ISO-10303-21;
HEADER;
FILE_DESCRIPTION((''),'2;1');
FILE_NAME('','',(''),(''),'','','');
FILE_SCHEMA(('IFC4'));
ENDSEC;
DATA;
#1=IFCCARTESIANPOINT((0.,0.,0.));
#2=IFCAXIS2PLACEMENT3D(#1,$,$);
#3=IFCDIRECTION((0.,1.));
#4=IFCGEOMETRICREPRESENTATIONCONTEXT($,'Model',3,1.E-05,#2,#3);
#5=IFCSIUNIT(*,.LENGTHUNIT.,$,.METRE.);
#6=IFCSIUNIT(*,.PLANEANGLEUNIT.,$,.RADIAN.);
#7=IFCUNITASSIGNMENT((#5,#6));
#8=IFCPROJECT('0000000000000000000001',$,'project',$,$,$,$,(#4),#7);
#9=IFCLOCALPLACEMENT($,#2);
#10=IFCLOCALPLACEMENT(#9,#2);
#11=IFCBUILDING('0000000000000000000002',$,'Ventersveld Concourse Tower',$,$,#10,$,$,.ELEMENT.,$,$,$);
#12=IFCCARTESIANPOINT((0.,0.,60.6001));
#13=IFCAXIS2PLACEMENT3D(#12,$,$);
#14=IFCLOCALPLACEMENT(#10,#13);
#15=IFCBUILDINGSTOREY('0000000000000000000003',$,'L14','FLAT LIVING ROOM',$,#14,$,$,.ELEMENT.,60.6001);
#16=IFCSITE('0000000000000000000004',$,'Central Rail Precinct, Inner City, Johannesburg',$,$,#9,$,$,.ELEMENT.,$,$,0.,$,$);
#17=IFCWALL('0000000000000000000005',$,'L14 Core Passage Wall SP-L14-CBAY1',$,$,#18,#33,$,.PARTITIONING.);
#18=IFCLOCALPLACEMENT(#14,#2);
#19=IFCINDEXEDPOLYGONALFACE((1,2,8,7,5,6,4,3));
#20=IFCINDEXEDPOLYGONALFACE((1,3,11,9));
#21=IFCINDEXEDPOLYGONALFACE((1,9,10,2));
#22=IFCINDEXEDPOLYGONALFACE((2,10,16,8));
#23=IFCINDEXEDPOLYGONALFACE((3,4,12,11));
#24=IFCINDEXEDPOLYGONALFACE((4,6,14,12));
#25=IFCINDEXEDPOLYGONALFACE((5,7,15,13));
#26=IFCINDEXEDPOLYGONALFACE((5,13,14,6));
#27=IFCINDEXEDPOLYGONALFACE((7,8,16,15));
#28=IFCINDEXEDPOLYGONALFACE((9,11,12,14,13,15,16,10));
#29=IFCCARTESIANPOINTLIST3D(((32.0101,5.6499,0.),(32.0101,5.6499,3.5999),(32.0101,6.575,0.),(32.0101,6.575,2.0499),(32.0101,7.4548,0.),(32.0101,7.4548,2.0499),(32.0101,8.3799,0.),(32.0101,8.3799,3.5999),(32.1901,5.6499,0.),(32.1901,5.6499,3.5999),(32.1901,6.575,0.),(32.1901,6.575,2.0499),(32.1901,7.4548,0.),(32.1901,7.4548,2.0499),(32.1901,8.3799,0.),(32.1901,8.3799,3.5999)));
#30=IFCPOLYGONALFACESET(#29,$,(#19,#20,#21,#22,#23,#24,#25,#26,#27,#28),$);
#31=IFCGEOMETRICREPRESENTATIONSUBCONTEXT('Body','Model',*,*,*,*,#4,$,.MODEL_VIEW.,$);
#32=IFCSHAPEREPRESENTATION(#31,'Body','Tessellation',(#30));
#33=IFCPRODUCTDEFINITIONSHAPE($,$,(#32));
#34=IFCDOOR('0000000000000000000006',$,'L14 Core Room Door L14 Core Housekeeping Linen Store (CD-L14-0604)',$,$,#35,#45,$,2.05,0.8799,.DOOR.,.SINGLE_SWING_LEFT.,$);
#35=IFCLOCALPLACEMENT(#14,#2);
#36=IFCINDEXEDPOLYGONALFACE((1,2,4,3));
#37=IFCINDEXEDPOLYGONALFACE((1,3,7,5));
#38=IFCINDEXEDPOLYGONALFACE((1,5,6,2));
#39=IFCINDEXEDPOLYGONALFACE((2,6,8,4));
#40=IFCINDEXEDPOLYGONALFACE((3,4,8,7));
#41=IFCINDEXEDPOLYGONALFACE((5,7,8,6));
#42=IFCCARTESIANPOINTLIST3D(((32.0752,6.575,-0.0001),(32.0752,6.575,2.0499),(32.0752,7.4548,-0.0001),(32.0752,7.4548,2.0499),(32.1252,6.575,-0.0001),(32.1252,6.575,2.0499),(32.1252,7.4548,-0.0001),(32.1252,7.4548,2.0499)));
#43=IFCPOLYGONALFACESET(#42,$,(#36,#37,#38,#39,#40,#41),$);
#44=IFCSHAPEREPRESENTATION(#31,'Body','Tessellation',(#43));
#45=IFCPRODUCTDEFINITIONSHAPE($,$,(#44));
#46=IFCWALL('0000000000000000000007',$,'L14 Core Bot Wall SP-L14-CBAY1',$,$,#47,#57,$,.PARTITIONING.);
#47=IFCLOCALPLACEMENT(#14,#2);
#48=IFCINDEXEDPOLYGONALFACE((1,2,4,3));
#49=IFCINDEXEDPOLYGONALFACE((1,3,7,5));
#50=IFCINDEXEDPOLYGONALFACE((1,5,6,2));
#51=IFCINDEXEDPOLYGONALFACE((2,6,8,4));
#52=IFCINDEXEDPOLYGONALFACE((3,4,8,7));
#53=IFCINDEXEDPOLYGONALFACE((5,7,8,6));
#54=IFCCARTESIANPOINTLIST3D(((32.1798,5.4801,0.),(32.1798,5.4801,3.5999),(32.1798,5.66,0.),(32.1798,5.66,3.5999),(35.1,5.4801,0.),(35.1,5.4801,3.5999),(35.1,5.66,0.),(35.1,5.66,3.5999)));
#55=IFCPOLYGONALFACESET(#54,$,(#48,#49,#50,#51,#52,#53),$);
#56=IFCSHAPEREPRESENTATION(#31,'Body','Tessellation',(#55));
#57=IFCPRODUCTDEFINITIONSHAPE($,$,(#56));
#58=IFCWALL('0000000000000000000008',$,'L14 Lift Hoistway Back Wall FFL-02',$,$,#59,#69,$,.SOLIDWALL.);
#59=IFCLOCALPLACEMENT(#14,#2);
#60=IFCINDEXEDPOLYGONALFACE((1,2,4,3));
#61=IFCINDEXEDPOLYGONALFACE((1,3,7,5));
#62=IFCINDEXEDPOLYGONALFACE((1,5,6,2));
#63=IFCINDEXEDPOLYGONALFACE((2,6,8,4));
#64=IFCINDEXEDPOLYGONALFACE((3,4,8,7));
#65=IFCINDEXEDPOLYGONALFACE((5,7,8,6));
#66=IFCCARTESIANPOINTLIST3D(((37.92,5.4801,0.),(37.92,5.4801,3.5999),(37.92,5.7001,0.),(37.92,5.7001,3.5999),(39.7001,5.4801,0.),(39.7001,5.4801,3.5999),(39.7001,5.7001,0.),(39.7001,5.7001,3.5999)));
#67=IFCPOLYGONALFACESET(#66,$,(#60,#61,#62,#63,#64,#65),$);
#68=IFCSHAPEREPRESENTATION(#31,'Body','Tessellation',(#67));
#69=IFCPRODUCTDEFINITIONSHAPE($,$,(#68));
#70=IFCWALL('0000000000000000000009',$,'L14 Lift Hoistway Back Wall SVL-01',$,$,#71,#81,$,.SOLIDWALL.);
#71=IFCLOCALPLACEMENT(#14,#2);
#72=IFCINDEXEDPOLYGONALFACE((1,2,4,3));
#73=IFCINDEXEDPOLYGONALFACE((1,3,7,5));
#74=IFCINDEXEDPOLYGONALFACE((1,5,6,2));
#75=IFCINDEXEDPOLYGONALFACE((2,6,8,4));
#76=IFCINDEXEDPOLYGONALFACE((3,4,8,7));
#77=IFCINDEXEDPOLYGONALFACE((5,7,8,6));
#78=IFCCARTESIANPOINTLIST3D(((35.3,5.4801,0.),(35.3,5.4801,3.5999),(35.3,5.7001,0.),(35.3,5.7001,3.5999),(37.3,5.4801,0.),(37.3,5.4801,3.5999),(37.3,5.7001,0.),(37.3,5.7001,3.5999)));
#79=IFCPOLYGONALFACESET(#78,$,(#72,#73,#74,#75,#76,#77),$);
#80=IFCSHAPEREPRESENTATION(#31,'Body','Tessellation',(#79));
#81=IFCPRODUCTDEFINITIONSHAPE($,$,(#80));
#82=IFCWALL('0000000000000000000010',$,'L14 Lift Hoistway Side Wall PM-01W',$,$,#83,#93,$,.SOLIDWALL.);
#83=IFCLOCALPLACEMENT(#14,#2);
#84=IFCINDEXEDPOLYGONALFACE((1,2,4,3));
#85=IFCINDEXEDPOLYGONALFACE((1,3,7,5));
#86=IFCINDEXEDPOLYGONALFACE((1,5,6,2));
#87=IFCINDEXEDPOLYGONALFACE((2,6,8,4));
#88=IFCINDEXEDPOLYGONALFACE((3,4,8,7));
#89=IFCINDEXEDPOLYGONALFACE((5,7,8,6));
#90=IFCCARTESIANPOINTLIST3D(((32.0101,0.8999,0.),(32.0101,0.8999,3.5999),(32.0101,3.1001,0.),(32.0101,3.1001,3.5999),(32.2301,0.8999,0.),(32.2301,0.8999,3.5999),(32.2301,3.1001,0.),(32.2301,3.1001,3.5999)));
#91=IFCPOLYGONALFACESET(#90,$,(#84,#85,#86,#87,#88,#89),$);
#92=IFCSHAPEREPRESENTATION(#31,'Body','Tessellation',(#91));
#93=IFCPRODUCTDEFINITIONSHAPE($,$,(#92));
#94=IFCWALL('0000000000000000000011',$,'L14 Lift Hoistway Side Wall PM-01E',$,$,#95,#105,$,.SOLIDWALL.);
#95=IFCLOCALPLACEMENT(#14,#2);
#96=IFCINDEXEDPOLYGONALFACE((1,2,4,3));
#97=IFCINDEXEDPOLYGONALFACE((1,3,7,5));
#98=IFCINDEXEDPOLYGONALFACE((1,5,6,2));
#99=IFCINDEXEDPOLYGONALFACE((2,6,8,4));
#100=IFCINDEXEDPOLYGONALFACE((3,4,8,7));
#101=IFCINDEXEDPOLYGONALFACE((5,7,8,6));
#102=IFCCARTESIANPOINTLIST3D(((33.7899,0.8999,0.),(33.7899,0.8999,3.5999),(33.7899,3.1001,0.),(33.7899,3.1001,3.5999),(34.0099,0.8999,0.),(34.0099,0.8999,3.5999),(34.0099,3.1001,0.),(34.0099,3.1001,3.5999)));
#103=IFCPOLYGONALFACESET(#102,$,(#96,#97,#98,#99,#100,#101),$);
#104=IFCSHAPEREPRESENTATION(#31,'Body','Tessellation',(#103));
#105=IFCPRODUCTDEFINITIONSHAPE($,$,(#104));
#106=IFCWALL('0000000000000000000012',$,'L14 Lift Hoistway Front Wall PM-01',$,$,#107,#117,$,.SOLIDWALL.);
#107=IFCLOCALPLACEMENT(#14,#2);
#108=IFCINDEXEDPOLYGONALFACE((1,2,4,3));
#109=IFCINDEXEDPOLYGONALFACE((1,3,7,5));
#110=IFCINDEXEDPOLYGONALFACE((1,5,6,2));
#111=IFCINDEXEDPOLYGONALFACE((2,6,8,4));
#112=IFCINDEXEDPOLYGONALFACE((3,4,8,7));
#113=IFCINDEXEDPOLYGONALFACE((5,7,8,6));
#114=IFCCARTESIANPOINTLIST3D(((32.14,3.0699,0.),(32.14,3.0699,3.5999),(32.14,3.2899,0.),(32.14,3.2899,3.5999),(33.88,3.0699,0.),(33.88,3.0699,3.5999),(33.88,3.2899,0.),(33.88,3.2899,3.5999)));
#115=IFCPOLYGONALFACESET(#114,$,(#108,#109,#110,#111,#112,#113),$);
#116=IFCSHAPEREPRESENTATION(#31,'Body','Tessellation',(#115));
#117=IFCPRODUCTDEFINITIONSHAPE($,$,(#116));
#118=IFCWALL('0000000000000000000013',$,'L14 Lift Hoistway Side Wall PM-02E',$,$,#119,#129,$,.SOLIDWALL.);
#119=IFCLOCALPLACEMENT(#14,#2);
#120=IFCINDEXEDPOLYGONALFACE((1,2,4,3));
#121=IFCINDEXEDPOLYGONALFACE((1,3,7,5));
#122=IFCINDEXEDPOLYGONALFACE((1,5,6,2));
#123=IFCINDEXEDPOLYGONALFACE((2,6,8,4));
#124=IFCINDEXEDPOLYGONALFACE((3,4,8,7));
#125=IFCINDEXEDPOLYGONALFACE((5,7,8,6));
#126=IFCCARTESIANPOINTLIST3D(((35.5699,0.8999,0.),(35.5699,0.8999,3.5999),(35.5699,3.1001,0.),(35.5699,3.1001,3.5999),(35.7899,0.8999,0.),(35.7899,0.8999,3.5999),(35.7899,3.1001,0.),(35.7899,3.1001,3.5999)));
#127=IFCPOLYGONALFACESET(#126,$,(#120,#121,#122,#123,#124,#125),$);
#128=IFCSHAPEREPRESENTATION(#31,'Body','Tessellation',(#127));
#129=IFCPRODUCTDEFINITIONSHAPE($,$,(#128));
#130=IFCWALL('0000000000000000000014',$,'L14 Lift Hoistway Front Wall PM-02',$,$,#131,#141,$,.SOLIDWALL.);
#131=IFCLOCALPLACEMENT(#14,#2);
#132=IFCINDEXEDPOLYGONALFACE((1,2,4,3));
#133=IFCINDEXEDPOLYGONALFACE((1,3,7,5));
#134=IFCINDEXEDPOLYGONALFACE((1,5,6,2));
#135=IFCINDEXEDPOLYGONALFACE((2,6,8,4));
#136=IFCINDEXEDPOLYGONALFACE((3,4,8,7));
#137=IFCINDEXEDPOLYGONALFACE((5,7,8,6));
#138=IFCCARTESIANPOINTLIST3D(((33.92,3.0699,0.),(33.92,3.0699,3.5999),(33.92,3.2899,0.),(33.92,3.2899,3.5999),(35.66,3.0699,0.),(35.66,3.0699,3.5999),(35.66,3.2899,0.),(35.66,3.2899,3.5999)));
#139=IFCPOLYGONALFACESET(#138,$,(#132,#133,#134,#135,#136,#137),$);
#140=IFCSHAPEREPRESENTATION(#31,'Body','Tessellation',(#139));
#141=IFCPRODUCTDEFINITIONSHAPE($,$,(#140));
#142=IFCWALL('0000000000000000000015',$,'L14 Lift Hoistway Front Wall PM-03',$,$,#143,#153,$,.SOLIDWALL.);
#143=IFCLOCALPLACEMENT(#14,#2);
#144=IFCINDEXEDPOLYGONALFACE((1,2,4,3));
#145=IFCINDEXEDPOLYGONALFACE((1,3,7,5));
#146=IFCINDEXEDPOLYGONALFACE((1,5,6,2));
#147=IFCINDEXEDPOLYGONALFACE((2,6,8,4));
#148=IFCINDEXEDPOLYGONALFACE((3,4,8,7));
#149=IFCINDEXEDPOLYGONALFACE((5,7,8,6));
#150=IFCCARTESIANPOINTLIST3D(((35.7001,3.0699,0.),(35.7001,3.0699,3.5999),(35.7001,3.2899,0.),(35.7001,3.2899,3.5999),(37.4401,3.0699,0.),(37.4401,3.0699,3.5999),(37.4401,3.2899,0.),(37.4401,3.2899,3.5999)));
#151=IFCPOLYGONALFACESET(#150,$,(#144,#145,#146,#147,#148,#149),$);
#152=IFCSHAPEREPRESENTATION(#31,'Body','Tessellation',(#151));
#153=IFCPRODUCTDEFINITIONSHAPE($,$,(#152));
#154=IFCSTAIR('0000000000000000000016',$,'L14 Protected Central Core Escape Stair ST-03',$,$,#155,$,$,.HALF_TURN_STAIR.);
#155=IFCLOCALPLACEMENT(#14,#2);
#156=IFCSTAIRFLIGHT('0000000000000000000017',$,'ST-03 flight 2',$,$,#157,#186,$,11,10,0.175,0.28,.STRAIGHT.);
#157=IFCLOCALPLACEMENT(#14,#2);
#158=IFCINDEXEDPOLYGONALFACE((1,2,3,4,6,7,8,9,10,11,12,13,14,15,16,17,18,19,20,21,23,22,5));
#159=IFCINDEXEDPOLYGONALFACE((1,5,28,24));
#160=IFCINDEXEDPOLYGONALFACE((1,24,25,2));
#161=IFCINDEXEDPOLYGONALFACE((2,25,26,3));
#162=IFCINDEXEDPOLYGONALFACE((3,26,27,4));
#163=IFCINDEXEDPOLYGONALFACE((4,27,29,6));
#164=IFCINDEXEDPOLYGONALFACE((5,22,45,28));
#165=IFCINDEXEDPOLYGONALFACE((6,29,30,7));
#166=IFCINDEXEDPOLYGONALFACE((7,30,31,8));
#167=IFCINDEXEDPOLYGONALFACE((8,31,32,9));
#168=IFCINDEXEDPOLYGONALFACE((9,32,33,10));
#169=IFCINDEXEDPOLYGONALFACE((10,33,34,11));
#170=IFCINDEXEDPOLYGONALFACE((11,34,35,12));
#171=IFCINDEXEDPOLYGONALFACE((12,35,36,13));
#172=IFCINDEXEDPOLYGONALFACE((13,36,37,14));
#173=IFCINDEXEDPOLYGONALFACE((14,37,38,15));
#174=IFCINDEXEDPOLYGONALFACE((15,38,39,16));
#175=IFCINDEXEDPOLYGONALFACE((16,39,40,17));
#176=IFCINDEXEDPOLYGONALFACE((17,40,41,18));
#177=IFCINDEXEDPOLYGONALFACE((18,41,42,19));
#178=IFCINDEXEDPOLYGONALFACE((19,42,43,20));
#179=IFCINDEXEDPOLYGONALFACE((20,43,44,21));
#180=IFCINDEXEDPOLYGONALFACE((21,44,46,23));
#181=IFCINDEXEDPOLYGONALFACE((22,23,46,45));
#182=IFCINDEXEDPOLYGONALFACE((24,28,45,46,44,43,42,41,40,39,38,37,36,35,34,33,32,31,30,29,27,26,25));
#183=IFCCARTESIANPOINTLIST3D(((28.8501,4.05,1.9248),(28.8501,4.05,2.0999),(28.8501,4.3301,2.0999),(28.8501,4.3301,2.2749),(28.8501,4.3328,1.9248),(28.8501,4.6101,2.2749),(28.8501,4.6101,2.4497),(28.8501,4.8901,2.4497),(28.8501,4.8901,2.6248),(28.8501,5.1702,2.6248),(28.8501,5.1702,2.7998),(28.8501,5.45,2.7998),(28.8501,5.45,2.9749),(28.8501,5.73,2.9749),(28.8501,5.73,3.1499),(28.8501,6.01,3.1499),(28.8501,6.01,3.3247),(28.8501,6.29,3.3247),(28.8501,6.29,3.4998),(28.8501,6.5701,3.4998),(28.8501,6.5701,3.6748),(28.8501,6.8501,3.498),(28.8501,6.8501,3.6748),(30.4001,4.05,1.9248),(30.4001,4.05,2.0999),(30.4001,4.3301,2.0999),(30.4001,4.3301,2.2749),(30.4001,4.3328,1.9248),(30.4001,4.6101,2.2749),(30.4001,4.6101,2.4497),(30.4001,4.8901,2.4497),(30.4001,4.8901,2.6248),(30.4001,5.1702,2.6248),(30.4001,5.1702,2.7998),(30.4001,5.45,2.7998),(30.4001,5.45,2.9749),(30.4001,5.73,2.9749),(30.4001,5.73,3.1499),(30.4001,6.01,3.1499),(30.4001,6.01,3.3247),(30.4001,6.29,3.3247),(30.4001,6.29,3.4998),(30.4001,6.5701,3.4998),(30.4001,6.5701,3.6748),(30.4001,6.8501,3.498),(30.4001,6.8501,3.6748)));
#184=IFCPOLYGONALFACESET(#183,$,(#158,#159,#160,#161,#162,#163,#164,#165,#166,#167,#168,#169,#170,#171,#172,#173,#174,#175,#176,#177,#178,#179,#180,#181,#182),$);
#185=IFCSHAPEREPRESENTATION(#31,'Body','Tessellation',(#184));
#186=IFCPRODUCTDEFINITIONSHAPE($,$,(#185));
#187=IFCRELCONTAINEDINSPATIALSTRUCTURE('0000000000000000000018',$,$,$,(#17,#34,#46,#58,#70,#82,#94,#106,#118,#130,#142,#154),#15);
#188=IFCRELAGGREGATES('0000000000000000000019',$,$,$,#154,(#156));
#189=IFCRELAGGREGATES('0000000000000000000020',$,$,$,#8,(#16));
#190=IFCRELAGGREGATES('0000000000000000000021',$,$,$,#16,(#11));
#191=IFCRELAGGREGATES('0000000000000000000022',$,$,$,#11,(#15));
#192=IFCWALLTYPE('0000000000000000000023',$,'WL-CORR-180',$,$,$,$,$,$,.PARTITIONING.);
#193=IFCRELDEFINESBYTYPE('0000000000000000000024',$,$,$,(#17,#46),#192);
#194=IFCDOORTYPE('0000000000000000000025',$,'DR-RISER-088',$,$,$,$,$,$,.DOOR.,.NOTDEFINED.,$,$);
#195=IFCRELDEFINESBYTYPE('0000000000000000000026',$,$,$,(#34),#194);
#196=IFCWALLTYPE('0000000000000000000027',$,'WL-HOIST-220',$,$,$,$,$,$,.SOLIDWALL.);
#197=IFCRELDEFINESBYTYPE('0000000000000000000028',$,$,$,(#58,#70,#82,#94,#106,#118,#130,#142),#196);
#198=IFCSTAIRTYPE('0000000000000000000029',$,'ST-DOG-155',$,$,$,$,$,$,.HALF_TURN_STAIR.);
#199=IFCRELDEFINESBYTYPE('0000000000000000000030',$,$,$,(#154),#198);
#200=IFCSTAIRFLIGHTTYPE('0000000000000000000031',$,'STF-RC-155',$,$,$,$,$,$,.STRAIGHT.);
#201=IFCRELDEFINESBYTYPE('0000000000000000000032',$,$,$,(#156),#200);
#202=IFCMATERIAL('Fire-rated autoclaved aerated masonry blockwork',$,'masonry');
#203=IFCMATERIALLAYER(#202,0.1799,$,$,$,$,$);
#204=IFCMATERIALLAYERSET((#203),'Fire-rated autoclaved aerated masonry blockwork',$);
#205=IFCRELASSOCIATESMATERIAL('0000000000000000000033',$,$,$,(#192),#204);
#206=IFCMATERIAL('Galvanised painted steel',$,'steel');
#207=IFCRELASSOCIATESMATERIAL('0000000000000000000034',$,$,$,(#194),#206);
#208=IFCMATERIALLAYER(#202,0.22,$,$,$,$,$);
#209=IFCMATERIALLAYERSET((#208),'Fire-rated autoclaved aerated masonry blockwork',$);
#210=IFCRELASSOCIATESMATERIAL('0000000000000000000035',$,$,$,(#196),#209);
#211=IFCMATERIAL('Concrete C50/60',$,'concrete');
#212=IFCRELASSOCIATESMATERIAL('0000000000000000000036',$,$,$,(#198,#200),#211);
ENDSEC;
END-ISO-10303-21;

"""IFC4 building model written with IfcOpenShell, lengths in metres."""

from ifc_helpers import new_model, si_unit, direction, frame, frame_2d, origin, place, context, subcontext, project, spatial, polyline, rectangle, outline, extrude, material, layer, layer_set, type_object, element, fill, aggregate, save


model = new_model("IFC4")

# Units and contexts
model_context = context("Model", 3, precision=1e-05, world=origin(), true_north=direction((0.0, 1.0)))
body_context = subcontext(model_context, "Body", "Model", "MODEL_VIEW")
ifc_project = project(units=[si_unit("LENGTHUNIT", "METRE"), si_unit("PLANEANGLEUNIT", "RADIAN")], contexts=[model_context])

# Site, building, storey
site_placement = place(None, origin())
site = spatial("IfcSite", under=ifc_project, at=site_placement, Name="Central Rail Precinct, Inner City, Johannesburg", CompositionType="ELEMENT", RefElevation=0.0)
building_placement = place(site_placement, origin())
building = spatial("IfcBuilding", under=site, at=building_placement, Name="Ventersveld Concourse Tower", CompositionType="ELEMENT")
storey_placement = place(building_placement, frame((0.0, 0.0, 60.6001)))
storey = spatial("IfcBuildingStorey", under=building, at=storey_placement, Name="L14", Description="FLAT LIVING ROOM", CompositionType="ELEMENT", Elevation=60.6001)

# Shared definitions
ifc_material_1 = material(Name="Concrete C50/60", Category="concrete")

# Wall, opening, door
ifc_material_2 = material(Name="Fire-rated autoclaved aerated masonry blockwork", Category="masonry")
ifc_layer_1 = layer(ifc_material_2, 0.1799)
ifc_layer_set_1 = layer_set([ifc_layer_1], Name="Fire-rated autoclaved aerated masonry blockwork")
wall_type_1 = type_object("IfcWallType", Name="WL-CORR-180", PredefinedType="PARTITIONING", material=ifc_layer_set_1)
wall_1_placement = place(storey_placement, frame((32.1001, 5.6499, 0.0), z_axis=(0.0, 0.0, 1.0), x_axis=(0.0, 1.0, 0.0)))
wall_1 = element("IfcWall", 1, at=wall_1_placement, inside=storey, type_object=wall_type_1, Name="L14 Core Passage Wall SP-L14-CBAY1", PredefinedType="PARTITIONING", context=body_context, shape_type="SweptSolid", body=[
    extrude(rectangle(XDim=2.73, YDim=0.1799, at=frame_2d((1.365, 0.0))), origin(), (0.0, 0.0, 1.0), 3.5999),
])
opening_placement = place(wall_1_placement, frame((0.925, 0.0, 0.0)))
opening = element("IfcOpeningElement", 2, at=opening_placement, cuts=wall_1, PredefinedType="OPENING", context=body_context, shape_type="SweptSolid", body=[
    extrude(rectangle(XDim=0.8799, YDim=2.05, at=frame_2d((0.4399, 1.0249))), frame((0.0, 0.1001, 0.0), z_axis=(0.0, -1.0, 0.0), x_axis=(1.0, 0.0, 0.0)), (0.0, 0.0, 1.0), 0.2),
])
ifc_material_3 = material(Name="Galvanised painted steel", Category="steel")
door_type = type_object("IfcDoorType", Name="DR-RISER-088", OperationType="NOTDEFINED", PredefinedType="DOOR", material=ifc_material_3)
door_placement = place(opening_placement, origin())
door = element("IfcDoor", 3, at=door_placement, inside=storey, type_object=door_type, Name="L14 Core Room Door L14 Core Housekeeping Linen Store (CD-L14-0604)", OperationType="SINGLE_SWING_LEFT", OverallHeight=2.05, OverallWidth=0.8799, PredefinedType="DOOR", context=body_context, shape_type="SweptSolid", body=[
    extrude(rectangle(XDim=0.8799, YDim=2.05, at=frame_2d((0.4399, 1.0249))), frame((0.0, 0.0249, 0.0), z_axis=(0.0, -1.0, 0.0), x_axis=(1.0, 0.0, 0.0)), (0.0, 0.0, 1.0), 0.05),
])
fill(opening, door)

# Walls
wall_2_placement = place(storey_placement, frame((32.1799, 5.5701, 0.0), z_axis=(0.0, 0.0, 1.0), x_axis=(1.0, 0.0, 0.0)))
element("IfcWall", 4, at=wall_2_placement, inside=storey, type_object=wall_type_1, Name="L14 Core Bot Wall SP-L14-CBAY1", PredefinedType="PARTITIONING", context=body_context, shape_type="SweptSolid", body=[
    extrude(rectangle(XDim=2.9202, YDim=0.1799, at=frame_2d((1.46, 0.0))), origin(), (0.0, 0.0, 1.0), 3.5999),
])
ifc_layer_2 = layer(ifc_material_2, 0.22)
ifc_layer_set_2 = layer_set([ifc_layer_2], Name="Fire-rated autoclaved aerated masonry blockwork")
wall_type_2 = type_object("IfcWallType", Name="WL-HOIST-220", PredefinedType="SOLIDWALL", material=ifc_layer_set_2)
wall_3_placement = place(storey_placement, frame((37.9199, 5.5901, 0.0), z_axis=(0.0, 0.0, 1.0), x_axis=(1.0, 0.0, 0.0)))
element("IfcWall", 5, at=wall_3_placement, inside=storey, type_object=wall_type_2, Name="L14 Lift Hoistway Back Wall FFL-02", PredefinedType="SOLIDWALL", context=body_context, shape_type="SweptSolid", body=[
    extrude(rectangle(XDim=1.78, YDim=0.22, at=frame_2d((0.8901, 0.0))), origin(), (0.0, 0.0, 1.0), 3.5999),
])
wall_4_placement = place(storey_placement, frame((35.3, 5.5901, 0.0), z_axis=(0.0, 0.0, 1.0), x_axis=(1.0, 0.0, 0.0)))
element("IfcWall", 6, at=wall_4_placement, inside=storey, type_object=wall_type_2, Name="L14 Lift Hoistway Back Wall SVL-01", PredefinedType="SOLIDWALL", context=body_context, shape_type="SweptSolid", body=[
    extrude(rectangle(XDim=2.0, YDim=0.22, at=frame_2d((1.0, 0.0))), origin(), (0.0, 0.0, 1.0), 3.5999),
])
for number, where, z_axis, x_axis, name in (
    (7, (32.1201, 0.8999, 0.0), (0.0, 0.0, 1.0), (0.0, 1.0, 0.0), "L14 Lift Hoistway Side Wall PM-01W"),
    (8, (33.8999, 0.8999, 0.0), (0.0, 0.0, 1.0), (0.0, 1.0, 0.0), "L14 Lift Hoistway Side Wall PM-01E"),
):
    element("IfcWall", number, at=place(storey_placement, frame(where, z_axis=z_axis, x_axis=x_axis)), inside=storey, type_object=wall_type_2, Name=name, PredefinedType="SOLIDWALL", context=body_context, shape_type="SweptSolid", body=[
        extrude(rectangle(XDim=2.2002, YDim=0.22, at=frame_2d((1.1001, 0.0))), origin(), (0.0, 0.0, 1.0), 3.5999),
    ])
wall_5_placement = place(storey_placement, frame((32.1399, 3.1799, 0.0), z_axis=(0.0, 0.0, 1.0), x_axis=(1.0, 0.0, 0.0)))
element("IfcWall", 9, at=wall_5_placement, inside=storey, type_object=wall_type_2, Name="L14 Lift Hoistway Front Wall PM-01", PredefinedType="SOLIDWALL", context=body_context, shape_type="SweptSolid", body=[
    extrude(rectangle(XDim=1.74, YDim=0.22, at=frame_2d((0.8701, 0.0))), origin(), (0.0, 0.0, 1.0), 3.5999),
])
wall_6_placement = place(storey_placement, frame((35.6799, 0.8999, 0.0), z_axis=(0.0, 0.0, 1.0), x_axis=(0.0, 1.0, 0.0)))
element("IfcWall", 10, at=wall_6_placement, inside=storey, type_object=wall_type_2, Name="L14 Lift Hoistway Side Wall PM-02E", PredefinedType="SOLIDWALL", context=body_context, shape_type="SweptSolid", body=[
    extrude(rectangle(XDim=2.2002, YDim=0.22, at=frame_2d((1.1001, 0.0))), origin(), (0.0, 0.0, 1.0), 3.5999),
])
for number, where, z_axis, x_axis, name in (
    (11, (33.9199, 3.1799, 0.0), (0.0, 0.0, 1.0), (1.0, 0.0, 0.0), "L14 Lift Hoistway Front Wall PM-02"),
    (12, (35.7, 3.1799, 0.0), (0.0, 0.0, 1.0), (1.0, 0.0, 0.0), "L14 Lift Hoistway Front Wall PM-03"),
):
    element("IfcWall", number, at=place(storey_placement, frame(where, z_axis=z_axis, x_axis=x_axis)), inside=storey, type_object=wall_type_2, Name=name, PredefinedType="SOLIDWALL", context=body_context, shape_type="SweptSolid", body=[
        extrude(rectangle(XDim=1.74, YDim=0.22, at=frame_2d((0.8701, 0.0))), origin(), (0.0, 0.0, 1.0), 3.5999),
    ])

# Stair, stair flight
stair_type = type_object("IfcStairType", Name="ST-DOG-155", PredefinedType="HALF_TURN_STAIR", material=ifc_material_1)
stair_placement = place(storey_placement, origin())
stair = element("IfcStair", 13, at=stair_placement, inside=storey, type_object=stair_type, Name="L14 Protected Central Core Escape Stair ST-03", PredefinedType="HALF_TURN_STAIR")
stair_flight_type = type_object("IfcStairFlightType", Name="STF-RC-155", PredefinedType="STRAIGHT", material=ifc_material_1)
stair_flight_placement = place(storey_placement, frame((29.625, 4.05, 1.9248), z_axis=(0.0, 0.0, 1.0), x_axis=(0.0, 1.0, 0.0)))
stair_flight = element("IfcStairFlight", 14, at=stair_flight_placement, type_object=stair_flight_type, Name="ST-03 flight 2", NumberOfRisers=11, NumberOfTreads=10, PredefinedType="STRAIGHT", RiserHeight=0.175, TreadLength=0.28, context=body_context, shape_type="SweptSolid", body=[
    extrude(outline(polyline([(0.0, 0.0), (0.0, 0.175), (0.28, 0.175), (0.28, 0.3501), (0.5601, 0.3501), (0.5601, 0.5249), (0.8401, 0.5249), (0.8401, 0.7), (1.1201, 0.7), (1.1201, 0.875), (1.3999, 0.875), (1.3999, 1.05), (1.6799, 1.05), (1.6799, 1.2251), (1.96, 1.2251), (1.96, 1.3999), (2.24, 1.3999), (2.24, 1.575), (2.52, 1.575), (2.52, 1.75), (2.8, 1.75), (2.8, 1.925), (2.8, 1.5732), (0.2827, 0.0), (0.0, 0.0)])), frame((0.0, 0.7749, 0.0), z_axis=(0.0, -1.0, 0.0), x_axis=(1.0, 0.0, 0.0)), (0.0, 0.0, 1.0), 1.55),
])
aggregate(stair, [stair_flight])

save(model, "model.ifc")
